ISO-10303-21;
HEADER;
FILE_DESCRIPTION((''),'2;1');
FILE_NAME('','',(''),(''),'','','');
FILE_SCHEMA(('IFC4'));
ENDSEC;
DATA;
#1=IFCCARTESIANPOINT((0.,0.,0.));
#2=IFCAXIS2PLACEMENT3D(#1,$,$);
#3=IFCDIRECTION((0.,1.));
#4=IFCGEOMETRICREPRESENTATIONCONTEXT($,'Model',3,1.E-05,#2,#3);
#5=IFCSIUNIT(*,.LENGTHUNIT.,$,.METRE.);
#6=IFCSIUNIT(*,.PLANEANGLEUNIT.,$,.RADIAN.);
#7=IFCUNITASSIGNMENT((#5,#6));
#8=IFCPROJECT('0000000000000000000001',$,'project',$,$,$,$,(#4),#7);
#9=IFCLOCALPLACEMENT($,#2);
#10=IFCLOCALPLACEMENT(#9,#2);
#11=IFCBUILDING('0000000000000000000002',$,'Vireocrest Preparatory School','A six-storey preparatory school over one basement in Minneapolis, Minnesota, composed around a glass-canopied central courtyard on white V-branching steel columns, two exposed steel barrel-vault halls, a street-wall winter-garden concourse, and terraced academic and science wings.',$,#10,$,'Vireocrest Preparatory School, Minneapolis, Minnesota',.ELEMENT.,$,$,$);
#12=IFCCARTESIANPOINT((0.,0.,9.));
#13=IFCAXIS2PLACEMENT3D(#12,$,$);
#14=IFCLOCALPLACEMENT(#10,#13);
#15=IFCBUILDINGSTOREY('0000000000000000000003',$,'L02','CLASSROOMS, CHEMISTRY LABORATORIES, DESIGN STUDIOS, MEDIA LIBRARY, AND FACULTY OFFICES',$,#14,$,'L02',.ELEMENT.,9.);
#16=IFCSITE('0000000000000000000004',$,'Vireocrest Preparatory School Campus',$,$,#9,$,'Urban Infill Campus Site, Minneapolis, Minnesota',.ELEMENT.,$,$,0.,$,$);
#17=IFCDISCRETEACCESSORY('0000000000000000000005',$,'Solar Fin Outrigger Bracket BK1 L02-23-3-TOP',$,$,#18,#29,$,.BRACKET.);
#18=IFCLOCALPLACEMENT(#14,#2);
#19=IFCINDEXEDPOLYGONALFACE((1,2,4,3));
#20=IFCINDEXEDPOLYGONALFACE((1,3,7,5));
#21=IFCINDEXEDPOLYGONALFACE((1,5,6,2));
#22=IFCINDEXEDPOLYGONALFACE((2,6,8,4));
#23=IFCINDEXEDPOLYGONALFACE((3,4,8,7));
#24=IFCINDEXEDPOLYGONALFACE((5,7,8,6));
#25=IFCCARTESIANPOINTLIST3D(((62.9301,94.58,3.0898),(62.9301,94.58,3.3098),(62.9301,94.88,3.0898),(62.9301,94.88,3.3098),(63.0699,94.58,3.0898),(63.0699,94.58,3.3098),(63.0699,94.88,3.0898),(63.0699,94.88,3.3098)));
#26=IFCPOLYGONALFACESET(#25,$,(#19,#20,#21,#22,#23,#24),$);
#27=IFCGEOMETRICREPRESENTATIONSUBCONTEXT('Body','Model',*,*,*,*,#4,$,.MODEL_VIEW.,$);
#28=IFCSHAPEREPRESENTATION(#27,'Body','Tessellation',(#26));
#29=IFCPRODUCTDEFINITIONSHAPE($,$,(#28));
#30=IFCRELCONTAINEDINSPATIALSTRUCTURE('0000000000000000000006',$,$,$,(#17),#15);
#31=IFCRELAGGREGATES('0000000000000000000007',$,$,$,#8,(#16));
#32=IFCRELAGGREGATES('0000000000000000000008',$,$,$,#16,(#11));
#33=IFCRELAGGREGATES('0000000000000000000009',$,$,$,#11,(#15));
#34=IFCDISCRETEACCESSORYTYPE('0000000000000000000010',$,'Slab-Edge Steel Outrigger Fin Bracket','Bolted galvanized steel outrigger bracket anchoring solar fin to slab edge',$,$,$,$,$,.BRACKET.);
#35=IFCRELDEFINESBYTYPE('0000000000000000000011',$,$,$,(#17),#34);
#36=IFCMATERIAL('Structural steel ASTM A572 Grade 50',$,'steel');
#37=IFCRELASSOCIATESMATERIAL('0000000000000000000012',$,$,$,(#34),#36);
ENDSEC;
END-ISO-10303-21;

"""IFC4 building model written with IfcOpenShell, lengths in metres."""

from ifc_helpers import new_model, si_unit, direction, frame, origin, origin_2d, place, context, subcontext, project, spatial, rectangle, extrude, material, type_object, element, save


model = new_model("IFC4")

# Units and contexts
model_context = context("Model", 3, precision=1e-05, world=origin(), true_north=direction((0.0, 1.0)))
body_context = subcontext(model_context, "Body", "Model", "MODEL_VIEW")
ifc_project = project(units=[si_unit("LENGTHUNIT", "METRE"), si_unit("PLANEANGLEUNIT", "RADIAN")], contexts=[model_context])

# Site, building, storey
site_placement = place(None, origin())
site = spatial("IfcSite", under=ifc_project, at=site_placement, Name="Vireocrest Preparatory School Campus", LongName="Urban Infill Campus Site, Minneapolis, Minnesota", CompositionType="ELEMENT", RefElevation=0.0)
building_placement = place(site_placement, origin())
building = spatial("IfcBuilding", under=site, at=building_placement, Name="Vireocrest Preparatory School", Description="A six-storey preparatory school over one basement in Minneapolis, Minnesota, composed around a glass-canopied central courtyard on white V-branching steel columns, two exposed steel barrel-vault halls, a street-wall winter-garden concourse, and terraced academic and science wings.", LongName="Vireocrest Preparatory School, Minneapolis, Minnesota", CompositionType="ELEMENT")
storey_placement = place(building_placement, frame((0.0, 0.0, 9.0)))
storey = spatial("IfcBuildingStorey", under=building, at=storey_placement, Name="L02", Description="CLASSROOMS, CHEMISTRY LABORATORIES, DESIGN STUDIOS, MEDIA LIBRARY, AND FACULTY OFFICES", LongName="L02", CompositionType="ELEMENT", Elevation=9.0)

# Discrete accessory
ifc_material_1 = material(Name="Structural steel ASTM A572 Grade 50", Category="steel")
discrete_accessory_type = type_object("IfcDiscreteAccessoryType", Name="Slab-Edge Steel Outrigger Fin Bracket", Description="Bolted galvanized steel outrigger bracket anchoring solar fin to slab edge", PredefinedType="BRACKET", material=ifc_material_1)
for number, where, z_axis, x_axis, name in (
    (1, (63.0, 94.73, 3.0898), (0.0, 0.0, 1.0), (-1.0, 0.0, 0.0), "Solar Fin Outrigger Bracket BK1 L02-23-3-TOP"),
):
    element("IfcDiscreteAccessory", number, at=place(storey_placement, frame(where, z_axis=z_axis, x_axis=x_axis)), inside=storey, type_object=discrete_accessory_type, Name=name, PredefinedType="BRACKET", context=body_context, shape_type="SweptSolid", body=[
        extrude(rectangle(XDim=0.1399, YDim=0.3, at=origin_2d()), origin(), (0.0, 0.0, 1.0), 0.22),
    ])

save(model, "model.ifc")
